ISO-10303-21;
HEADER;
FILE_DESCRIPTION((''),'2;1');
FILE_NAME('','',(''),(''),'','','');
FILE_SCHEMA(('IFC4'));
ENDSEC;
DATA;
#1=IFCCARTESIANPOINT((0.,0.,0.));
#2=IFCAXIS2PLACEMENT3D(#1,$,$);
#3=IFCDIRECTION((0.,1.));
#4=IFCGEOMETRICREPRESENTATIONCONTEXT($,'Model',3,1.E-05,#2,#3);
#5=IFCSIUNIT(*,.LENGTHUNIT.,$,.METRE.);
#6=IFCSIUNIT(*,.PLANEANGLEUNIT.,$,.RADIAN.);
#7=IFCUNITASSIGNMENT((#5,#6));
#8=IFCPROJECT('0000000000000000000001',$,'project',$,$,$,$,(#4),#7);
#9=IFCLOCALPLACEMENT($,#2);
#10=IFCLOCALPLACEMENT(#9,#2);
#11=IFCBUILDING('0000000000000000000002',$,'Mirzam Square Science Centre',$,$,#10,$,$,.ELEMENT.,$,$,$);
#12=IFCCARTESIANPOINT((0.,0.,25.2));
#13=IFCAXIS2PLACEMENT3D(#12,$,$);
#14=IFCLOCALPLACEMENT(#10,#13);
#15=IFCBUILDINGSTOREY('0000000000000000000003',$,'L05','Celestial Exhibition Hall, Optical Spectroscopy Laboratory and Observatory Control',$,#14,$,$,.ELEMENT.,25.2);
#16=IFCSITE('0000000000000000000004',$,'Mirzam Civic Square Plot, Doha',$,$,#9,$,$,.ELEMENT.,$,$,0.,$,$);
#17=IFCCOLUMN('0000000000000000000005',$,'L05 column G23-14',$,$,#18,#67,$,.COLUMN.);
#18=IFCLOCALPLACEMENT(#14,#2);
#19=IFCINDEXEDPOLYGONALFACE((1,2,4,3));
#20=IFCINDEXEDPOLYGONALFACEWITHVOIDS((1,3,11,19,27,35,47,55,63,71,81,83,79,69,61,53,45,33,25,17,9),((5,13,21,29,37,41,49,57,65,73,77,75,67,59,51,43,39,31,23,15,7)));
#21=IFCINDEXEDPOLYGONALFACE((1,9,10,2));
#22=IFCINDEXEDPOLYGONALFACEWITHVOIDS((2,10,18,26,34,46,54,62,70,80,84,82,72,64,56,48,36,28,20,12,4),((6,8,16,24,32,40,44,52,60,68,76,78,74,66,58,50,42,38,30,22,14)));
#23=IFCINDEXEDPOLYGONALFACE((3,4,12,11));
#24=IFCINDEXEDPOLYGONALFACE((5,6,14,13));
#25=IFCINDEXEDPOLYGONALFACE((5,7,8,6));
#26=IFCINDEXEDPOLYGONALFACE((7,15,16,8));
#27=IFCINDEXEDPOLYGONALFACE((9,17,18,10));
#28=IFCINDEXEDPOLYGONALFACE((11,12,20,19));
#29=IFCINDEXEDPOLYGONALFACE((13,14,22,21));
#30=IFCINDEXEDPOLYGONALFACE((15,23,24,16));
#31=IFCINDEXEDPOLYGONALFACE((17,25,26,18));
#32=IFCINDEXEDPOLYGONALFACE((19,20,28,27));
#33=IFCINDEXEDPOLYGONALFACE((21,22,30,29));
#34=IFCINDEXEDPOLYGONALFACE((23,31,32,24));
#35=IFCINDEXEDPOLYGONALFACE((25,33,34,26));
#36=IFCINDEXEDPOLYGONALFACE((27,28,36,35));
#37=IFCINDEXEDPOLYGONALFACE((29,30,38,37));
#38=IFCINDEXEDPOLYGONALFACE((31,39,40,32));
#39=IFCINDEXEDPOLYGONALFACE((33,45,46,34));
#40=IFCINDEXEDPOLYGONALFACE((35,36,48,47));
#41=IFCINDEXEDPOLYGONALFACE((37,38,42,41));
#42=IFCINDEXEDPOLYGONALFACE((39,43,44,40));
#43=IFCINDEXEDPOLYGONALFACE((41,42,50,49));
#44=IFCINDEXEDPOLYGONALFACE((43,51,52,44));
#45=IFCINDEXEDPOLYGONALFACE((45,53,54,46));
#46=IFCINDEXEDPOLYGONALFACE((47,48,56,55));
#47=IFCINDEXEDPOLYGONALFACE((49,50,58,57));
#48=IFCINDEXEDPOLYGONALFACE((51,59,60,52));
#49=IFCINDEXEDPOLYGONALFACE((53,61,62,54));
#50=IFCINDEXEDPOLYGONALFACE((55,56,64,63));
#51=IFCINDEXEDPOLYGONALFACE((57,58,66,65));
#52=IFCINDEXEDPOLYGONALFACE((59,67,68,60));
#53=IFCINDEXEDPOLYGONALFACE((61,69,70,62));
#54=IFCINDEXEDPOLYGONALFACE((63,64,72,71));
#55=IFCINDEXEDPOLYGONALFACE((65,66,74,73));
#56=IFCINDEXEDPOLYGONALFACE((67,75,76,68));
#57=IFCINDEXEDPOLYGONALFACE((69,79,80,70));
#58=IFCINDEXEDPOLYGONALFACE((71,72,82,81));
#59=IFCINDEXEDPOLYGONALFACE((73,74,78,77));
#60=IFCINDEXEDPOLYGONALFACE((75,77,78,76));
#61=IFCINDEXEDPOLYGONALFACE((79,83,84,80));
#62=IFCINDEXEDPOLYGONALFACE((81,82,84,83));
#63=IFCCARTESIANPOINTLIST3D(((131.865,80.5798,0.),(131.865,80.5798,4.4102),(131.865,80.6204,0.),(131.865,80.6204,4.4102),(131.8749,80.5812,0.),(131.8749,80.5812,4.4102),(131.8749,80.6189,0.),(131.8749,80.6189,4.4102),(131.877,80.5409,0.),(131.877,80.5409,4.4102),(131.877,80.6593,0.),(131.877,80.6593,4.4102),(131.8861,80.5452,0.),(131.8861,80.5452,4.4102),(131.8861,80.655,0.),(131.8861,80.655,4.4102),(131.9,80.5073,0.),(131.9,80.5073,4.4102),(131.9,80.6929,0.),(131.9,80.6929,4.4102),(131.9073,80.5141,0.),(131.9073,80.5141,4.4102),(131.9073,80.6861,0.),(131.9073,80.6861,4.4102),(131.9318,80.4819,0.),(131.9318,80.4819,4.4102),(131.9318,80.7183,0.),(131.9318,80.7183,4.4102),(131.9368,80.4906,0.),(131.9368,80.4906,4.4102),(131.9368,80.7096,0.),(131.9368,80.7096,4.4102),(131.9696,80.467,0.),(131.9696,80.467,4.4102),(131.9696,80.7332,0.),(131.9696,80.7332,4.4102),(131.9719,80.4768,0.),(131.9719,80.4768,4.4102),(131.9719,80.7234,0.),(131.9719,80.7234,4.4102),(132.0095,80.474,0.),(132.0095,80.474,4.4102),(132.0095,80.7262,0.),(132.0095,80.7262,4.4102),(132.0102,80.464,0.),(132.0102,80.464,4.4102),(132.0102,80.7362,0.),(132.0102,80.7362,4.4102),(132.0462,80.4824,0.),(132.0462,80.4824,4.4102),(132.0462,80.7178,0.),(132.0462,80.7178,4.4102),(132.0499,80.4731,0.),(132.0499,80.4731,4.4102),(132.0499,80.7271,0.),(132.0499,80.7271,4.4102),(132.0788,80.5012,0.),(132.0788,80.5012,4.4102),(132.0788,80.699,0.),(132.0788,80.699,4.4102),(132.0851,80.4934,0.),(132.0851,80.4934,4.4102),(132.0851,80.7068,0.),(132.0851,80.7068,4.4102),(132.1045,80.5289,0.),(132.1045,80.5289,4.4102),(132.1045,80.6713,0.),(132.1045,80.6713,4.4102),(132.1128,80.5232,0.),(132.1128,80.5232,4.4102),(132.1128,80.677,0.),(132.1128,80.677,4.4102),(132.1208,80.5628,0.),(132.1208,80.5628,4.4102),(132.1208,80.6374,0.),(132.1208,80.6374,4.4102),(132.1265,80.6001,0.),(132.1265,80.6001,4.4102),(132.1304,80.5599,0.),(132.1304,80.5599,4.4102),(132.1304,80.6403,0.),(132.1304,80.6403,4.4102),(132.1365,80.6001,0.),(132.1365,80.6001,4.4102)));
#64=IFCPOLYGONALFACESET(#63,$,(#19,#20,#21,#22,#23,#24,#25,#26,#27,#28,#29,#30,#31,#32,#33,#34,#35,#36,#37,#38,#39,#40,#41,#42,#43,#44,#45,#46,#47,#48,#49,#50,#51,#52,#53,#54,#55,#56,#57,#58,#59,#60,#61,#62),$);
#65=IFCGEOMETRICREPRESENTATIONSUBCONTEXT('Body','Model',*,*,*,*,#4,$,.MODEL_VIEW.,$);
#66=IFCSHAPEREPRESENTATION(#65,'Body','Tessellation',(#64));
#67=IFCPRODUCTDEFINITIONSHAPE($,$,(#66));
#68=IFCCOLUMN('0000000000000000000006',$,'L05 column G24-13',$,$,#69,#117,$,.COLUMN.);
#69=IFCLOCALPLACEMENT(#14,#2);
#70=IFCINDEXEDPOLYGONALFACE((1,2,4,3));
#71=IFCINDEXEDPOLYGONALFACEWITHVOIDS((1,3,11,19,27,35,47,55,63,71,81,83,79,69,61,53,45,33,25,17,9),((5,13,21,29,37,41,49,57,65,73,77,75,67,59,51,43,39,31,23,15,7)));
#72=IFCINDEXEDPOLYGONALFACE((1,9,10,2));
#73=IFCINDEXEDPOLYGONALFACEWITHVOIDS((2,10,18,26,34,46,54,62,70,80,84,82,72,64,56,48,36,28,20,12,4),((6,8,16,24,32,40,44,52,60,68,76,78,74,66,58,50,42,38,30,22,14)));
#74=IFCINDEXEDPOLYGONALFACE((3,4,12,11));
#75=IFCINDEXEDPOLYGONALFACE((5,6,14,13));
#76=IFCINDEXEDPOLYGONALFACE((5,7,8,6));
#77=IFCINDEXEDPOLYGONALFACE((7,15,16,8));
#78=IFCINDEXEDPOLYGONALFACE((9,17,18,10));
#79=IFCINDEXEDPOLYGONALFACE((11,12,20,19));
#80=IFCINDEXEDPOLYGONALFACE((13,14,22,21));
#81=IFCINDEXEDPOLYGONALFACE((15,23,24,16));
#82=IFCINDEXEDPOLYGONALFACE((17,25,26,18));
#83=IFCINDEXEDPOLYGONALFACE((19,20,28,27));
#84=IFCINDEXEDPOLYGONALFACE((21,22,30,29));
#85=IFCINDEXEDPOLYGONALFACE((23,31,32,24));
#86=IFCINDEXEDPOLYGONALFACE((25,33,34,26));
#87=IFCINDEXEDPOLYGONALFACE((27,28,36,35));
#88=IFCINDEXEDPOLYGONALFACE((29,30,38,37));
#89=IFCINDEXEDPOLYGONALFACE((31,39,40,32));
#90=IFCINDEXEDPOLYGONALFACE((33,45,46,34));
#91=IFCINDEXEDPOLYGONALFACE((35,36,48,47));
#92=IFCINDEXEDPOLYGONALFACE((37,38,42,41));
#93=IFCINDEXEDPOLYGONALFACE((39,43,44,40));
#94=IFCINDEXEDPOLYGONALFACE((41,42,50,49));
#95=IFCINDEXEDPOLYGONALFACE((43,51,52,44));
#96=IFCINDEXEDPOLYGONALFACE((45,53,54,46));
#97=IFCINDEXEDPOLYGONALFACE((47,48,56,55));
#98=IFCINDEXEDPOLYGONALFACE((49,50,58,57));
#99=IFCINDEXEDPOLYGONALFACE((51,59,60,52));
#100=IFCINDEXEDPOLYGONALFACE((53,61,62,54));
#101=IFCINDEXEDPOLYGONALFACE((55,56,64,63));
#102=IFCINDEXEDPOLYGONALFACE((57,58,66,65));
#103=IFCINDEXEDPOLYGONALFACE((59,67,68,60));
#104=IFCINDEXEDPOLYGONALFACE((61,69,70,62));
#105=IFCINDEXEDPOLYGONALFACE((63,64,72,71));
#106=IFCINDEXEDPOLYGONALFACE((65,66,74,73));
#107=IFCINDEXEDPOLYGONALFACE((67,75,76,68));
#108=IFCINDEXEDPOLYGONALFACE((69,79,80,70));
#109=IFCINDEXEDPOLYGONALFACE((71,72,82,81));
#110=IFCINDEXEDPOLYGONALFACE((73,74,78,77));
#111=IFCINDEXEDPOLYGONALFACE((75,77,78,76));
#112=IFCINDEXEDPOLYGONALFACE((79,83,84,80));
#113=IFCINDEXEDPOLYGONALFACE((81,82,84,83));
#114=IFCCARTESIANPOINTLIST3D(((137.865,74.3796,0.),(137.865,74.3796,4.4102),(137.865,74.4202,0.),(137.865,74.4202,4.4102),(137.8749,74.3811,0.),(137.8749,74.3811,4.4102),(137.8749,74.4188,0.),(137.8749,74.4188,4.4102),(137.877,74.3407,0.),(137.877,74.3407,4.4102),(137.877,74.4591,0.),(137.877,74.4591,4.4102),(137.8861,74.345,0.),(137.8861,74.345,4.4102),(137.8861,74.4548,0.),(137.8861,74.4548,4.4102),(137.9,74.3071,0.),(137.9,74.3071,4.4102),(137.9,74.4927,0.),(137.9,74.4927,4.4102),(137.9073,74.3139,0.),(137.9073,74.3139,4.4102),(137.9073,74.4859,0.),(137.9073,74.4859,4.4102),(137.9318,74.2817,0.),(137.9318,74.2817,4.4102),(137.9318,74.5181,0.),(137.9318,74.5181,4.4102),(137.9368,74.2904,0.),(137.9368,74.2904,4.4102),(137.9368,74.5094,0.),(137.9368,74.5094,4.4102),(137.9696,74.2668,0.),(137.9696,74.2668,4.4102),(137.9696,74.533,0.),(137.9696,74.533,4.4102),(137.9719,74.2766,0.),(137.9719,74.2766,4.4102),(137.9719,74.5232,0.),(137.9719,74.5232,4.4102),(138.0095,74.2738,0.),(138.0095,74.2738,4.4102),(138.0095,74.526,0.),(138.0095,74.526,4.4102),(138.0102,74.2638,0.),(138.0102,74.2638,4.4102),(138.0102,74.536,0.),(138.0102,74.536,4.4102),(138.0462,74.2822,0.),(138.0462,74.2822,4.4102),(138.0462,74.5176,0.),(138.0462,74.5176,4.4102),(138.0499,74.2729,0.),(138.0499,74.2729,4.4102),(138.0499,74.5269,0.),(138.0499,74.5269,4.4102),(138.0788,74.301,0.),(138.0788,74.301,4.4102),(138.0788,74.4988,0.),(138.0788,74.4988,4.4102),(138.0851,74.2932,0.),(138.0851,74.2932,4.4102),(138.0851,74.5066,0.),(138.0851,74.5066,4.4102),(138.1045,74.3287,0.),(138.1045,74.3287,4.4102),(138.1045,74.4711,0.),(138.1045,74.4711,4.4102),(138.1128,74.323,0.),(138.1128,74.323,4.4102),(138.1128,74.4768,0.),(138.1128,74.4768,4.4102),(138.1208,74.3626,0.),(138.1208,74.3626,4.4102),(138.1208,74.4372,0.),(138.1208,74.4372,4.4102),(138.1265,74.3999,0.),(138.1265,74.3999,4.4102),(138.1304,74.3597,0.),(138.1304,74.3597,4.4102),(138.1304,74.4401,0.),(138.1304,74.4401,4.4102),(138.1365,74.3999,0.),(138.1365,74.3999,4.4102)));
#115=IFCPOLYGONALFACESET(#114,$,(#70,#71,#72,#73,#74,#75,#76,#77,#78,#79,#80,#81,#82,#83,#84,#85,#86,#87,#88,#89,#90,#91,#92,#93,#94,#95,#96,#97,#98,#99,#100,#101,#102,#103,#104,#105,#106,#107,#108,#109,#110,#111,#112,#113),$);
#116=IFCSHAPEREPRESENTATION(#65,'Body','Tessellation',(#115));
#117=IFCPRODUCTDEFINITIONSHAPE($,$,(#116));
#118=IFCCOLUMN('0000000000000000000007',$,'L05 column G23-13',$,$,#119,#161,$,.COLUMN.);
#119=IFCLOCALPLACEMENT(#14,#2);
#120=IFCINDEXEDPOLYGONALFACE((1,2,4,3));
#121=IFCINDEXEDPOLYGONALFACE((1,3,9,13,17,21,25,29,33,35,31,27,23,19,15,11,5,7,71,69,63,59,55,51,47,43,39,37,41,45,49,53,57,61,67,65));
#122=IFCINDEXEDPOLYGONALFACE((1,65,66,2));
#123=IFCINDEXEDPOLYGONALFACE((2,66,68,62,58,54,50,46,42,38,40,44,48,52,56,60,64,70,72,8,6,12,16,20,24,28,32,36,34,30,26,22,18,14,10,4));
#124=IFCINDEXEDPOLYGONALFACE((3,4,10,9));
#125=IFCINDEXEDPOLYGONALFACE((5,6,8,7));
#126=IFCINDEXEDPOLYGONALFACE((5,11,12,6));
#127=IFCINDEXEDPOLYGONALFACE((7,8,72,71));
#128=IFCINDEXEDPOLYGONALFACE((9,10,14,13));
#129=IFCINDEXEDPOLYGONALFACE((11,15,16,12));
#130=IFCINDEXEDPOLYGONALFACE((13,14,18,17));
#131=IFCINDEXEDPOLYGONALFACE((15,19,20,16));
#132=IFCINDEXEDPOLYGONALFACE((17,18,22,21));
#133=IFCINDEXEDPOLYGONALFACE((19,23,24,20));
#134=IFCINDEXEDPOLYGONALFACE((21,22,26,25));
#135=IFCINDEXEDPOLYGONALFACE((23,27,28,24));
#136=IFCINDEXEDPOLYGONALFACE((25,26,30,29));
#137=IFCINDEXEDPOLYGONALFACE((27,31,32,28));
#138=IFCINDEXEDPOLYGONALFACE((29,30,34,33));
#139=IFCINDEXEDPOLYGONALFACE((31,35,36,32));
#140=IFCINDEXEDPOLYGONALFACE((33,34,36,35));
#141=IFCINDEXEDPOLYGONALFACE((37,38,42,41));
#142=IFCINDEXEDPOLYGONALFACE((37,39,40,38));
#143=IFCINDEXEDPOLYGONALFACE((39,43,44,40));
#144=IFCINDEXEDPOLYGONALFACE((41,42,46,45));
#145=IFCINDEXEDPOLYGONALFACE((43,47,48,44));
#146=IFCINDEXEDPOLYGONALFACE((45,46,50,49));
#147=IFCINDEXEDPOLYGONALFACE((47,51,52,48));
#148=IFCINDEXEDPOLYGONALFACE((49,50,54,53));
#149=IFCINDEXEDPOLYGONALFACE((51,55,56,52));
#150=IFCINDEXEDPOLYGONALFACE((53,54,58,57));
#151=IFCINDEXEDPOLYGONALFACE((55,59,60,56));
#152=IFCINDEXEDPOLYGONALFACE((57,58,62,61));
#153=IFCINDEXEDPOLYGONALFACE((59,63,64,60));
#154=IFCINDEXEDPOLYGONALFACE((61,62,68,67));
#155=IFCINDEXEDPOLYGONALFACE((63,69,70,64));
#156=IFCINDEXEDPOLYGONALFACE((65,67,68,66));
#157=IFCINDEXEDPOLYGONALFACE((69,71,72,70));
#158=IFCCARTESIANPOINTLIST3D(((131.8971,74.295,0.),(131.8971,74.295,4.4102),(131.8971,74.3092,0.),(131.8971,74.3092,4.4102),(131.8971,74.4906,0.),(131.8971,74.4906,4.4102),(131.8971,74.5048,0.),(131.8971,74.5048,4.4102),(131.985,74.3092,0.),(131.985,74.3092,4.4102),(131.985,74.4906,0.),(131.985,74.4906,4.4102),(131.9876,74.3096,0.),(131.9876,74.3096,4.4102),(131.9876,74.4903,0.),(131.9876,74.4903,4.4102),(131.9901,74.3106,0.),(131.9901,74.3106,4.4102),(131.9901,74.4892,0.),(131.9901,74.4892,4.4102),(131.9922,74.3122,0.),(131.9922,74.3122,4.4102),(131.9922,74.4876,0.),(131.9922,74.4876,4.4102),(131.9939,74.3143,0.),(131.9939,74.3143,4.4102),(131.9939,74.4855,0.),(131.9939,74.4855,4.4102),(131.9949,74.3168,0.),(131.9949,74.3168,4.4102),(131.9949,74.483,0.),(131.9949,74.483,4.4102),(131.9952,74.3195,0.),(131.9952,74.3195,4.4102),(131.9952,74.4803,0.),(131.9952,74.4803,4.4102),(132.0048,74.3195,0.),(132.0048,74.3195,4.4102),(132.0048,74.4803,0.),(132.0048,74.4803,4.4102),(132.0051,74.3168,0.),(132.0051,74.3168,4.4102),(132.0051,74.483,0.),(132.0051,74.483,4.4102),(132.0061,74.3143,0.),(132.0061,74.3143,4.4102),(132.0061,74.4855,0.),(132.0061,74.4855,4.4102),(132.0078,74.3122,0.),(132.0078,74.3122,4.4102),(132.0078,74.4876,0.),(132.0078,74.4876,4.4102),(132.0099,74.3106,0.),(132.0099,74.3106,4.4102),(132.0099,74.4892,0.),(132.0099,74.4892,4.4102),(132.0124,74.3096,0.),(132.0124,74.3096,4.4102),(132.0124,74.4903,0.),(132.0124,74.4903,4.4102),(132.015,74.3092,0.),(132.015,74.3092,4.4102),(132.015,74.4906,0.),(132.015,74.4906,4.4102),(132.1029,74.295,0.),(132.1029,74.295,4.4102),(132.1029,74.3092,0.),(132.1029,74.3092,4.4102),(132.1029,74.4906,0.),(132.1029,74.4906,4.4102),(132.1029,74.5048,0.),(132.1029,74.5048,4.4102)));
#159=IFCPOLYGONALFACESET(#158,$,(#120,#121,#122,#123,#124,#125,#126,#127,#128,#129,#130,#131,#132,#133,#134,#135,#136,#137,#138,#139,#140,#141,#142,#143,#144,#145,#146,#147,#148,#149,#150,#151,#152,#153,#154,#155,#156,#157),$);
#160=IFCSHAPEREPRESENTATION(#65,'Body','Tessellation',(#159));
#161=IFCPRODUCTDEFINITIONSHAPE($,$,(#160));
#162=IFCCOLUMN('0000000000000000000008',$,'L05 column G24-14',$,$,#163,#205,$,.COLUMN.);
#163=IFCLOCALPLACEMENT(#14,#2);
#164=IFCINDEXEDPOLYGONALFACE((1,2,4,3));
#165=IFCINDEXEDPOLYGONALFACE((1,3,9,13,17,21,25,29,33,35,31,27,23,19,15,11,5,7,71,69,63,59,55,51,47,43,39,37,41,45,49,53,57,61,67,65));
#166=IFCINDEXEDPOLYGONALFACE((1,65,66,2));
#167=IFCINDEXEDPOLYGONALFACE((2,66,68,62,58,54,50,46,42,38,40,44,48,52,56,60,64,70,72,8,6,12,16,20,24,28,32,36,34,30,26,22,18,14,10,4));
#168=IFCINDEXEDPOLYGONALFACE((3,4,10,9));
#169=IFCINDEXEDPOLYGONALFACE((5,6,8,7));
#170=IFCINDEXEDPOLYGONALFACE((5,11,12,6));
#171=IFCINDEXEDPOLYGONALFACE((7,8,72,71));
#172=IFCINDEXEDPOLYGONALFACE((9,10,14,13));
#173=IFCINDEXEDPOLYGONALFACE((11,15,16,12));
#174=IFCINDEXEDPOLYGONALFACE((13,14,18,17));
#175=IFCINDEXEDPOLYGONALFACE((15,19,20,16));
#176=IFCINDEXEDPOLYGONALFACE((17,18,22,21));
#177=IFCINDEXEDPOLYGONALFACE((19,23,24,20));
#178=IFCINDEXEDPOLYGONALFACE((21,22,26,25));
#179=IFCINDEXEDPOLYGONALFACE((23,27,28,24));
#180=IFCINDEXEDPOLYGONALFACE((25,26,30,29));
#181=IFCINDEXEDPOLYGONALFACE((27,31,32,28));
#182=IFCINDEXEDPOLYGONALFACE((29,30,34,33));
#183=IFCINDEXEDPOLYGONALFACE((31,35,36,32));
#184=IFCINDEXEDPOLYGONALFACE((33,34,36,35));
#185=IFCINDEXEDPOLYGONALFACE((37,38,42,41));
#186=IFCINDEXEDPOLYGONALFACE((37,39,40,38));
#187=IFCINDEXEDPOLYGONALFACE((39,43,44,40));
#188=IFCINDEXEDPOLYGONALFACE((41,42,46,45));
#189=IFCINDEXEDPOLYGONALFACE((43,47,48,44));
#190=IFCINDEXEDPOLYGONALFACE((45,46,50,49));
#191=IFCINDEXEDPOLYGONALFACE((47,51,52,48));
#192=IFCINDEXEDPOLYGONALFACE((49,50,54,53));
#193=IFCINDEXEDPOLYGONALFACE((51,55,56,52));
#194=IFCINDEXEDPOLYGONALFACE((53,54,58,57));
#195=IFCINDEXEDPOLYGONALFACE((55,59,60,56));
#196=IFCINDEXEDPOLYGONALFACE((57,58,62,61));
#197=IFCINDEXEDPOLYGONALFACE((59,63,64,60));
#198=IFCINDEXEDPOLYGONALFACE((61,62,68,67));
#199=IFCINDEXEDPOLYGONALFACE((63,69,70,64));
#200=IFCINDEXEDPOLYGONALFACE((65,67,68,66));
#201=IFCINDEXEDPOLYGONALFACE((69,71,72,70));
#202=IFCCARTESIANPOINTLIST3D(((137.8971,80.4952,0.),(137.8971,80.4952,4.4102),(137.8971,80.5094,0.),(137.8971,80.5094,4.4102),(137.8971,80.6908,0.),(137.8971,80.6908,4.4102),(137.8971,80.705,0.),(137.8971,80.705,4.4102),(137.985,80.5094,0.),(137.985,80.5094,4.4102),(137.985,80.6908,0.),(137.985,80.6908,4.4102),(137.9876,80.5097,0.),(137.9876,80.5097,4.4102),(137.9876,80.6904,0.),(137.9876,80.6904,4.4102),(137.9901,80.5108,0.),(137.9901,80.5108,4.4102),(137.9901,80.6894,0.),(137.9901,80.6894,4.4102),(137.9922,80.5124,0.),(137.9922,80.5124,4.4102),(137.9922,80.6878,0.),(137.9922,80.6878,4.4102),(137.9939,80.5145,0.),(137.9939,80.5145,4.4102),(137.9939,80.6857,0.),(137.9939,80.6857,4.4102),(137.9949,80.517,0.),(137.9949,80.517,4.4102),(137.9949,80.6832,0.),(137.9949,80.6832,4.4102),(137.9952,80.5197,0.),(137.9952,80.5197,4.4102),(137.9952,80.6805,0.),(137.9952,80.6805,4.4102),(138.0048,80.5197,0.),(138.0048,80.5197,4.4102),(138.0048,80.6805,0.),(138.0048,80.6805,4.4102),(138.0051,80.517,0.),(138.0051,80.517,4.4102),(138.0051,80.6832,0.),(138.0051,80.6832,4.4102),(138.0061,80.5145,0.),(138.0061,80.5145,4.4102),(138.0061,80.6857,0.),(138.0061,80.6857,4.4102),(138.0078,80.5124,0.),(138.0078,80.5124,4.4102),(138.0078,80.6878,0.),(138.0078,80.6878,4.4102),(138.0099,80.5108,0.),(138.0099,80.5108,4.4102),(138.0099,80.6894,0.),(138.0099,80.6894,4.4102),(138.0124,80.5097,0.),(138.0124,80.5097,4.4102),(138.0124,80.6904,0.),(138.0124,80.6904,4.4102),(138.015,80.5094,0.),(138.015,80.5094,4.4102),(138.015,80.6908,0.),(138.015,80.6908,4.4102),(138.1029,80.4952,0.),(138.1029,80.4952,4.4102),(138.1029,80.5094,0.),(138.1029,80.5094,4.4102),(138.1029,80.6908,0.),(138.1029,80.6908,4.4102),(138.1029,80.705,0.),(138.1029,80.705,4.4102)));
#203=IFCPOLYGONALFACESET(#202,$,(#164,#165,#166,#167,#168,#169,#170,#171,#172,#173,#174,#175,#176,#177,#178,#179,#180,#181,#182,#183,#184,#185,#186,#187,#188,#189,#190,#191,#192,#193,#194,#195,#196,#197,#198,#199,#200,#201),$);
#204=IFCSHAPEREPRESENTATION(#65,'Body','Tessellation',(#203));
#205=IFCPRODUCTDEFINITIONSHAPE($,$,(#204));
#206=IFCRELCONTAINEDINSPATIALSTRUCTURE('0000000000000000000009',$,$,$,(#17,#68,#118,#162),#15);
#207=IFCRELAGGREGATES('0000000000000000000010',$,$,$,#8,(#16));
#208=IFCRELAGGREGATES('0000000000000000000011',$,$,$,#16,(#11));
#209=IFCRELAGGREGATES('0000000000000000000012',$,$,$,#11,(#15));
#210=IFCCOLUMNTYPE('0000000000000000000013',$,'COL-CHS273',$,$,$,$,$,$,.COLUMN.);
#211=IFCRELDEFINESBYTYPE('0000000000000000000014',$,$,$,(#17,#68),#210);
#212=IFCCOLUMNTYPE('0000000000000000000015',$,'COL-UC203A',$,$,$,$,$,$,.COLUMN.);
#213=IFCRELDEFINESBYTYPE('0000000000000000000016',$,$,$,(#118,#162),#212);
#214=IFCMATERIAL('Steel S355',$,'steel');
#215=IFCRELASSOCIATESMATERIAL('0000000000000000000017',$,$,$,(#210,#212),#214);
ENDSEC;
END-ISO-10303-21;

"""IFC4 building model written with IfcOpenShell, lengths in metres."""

from ifc_helpers import new_model, si_unit, direction, frame, origin, origin_2d, place, context, subcontext, project, spatial, hollow_circle, i_section, extrude, material, material_profile, profile_set, type_object, element, save


model = new_model("IFC4")

# Units and contexts
model_context = context("Model", 3, precision=1e-05, world=origin(), true_north=direction((0.0, 1.0)))
body_context = subcontext(model_context, "Body", "Model", "MODEL_VIEW")
ifc_project = project(units=[si_unit("LENGTHUNIT", "METRE"), si_unit("PLANEANGLEUNIT", "RADIAN")], contexts=[model_context])

# Site, building, storey
site_placement = place(None, origin())
site = spatial("IfcSite", under=ifc_project, at=site_placement, Name="Mirzam Civic Square Plot, Doha", CompositionType="ELEMENT", RefElevation=0.0)
building_placement = place(site_placement, origin())
building = spatial("IfcBuilding", under=site, at=building_placement, Name="Mirzam Square Science Centre", CompositionType="ELEMENT")
storey_placement = place(building_placement, frame((0.0, 0.0, 25.2)))
storey = spatial("IfcBuildingStorey", under=building, at=storey_placement, Name="L05", Description="Celestial Exhibition Hall, Optical Spectroscopy Laboratory and Observatory Control", CompositionType="ELEMENT", Elevation=25.2)

# Columns
ifc_material_1 = material(Name="Steel S355", Category="steel")
ifc_material_profile_1 = material_profile(ifc_material_1, hollow_circle(Radius=0.1365, WallThickness=0.01, at=origin_2d()), Name="273.0x10.0CHS")
ifc_profile_set_1 = profile_set([ifc_material_profile_1], Name="Steel S355")
column_type_1 = type_object("IfcColumnType", Name="COL-CHS273", PredefinedType="COLUMN", material=ifc_profile_set_1)
for number, where, z_axis, x_axis, name in (
    (1, (132.0, 80.6001, 0.0), (0.0, 0.0, 1.0), (1.0, 0.0, 0.0), "L05 column G23-14"),
    (2, (138.0, 74.3999, 0.0), (0.0, 0.0, 1.0), (1.0, 0.0, 0.0), "L05 column G24-13"),
):
    element("IfcColumn", number, at=place(storey_placement, frame(where, z_axis=z_axis, x_axis=x_axis)), inside=storey, type_object=column_type_1, Name=name, PredefinedType="COLUMN", context=body_context, shape_type="SweptSolid", body=[
        extrude(hollow_circle(Radius=0.1365, WallThickness=0.01, at=origin_2d()), origin(), (0.0, 0.0, 1.0), 4.4102),
    ])
ifc_material_profile_2 = material_profile(ifc_material_1, i_section(OverallWidth=0.2058, OverallDepth=0.2097, WebThickness=0.0095, FlangeThickness=0.0142, FilletRadius=0.0103, at=origin_2d()), Name="203x203x60UC")
ifc_profile_set_2 = profile_set([ifc_material_profile_2], Name="Steel S355")
column_type_2 = type_object("IfcColumnType", Name="COL-UC203A", PredefinedType="COLUMN", material=ifc_profile_set_2)
for number, where, z_axis, x_axis, name in (
    (3, (132.0, 74.3999, 0.0), (0.0, 0.0, 1.0), (1.0, 0.0, 0.0), "L05 column G23-13"),
    (4, (138.0, 80.6001, 0.0), (0.0, 0.0, 1.0), (1.0, 0.0, 0.0), "L05 column G24-14"),
):
    element("IfcColumn", number, at=place(storey_placement, frame(where, z_axis=z_axis, x_axis=x_axis)), inside=storey, type_object=column_type_2, Name=name, PredefinedType="COLUMN", context=body_context, shape_type="SweptSolid", body=[
        extrude(i_section(OverallWidth=0.2058, OverallDepth=0.2097, WebThickness=0.0095, FlangeThickness=0.0142, FilletRadius=0.0103, at=origin_2d()), origin(), (0.0, 0.0, 1.0), 4.4102),
    ])

save(model, "model.ifc")
